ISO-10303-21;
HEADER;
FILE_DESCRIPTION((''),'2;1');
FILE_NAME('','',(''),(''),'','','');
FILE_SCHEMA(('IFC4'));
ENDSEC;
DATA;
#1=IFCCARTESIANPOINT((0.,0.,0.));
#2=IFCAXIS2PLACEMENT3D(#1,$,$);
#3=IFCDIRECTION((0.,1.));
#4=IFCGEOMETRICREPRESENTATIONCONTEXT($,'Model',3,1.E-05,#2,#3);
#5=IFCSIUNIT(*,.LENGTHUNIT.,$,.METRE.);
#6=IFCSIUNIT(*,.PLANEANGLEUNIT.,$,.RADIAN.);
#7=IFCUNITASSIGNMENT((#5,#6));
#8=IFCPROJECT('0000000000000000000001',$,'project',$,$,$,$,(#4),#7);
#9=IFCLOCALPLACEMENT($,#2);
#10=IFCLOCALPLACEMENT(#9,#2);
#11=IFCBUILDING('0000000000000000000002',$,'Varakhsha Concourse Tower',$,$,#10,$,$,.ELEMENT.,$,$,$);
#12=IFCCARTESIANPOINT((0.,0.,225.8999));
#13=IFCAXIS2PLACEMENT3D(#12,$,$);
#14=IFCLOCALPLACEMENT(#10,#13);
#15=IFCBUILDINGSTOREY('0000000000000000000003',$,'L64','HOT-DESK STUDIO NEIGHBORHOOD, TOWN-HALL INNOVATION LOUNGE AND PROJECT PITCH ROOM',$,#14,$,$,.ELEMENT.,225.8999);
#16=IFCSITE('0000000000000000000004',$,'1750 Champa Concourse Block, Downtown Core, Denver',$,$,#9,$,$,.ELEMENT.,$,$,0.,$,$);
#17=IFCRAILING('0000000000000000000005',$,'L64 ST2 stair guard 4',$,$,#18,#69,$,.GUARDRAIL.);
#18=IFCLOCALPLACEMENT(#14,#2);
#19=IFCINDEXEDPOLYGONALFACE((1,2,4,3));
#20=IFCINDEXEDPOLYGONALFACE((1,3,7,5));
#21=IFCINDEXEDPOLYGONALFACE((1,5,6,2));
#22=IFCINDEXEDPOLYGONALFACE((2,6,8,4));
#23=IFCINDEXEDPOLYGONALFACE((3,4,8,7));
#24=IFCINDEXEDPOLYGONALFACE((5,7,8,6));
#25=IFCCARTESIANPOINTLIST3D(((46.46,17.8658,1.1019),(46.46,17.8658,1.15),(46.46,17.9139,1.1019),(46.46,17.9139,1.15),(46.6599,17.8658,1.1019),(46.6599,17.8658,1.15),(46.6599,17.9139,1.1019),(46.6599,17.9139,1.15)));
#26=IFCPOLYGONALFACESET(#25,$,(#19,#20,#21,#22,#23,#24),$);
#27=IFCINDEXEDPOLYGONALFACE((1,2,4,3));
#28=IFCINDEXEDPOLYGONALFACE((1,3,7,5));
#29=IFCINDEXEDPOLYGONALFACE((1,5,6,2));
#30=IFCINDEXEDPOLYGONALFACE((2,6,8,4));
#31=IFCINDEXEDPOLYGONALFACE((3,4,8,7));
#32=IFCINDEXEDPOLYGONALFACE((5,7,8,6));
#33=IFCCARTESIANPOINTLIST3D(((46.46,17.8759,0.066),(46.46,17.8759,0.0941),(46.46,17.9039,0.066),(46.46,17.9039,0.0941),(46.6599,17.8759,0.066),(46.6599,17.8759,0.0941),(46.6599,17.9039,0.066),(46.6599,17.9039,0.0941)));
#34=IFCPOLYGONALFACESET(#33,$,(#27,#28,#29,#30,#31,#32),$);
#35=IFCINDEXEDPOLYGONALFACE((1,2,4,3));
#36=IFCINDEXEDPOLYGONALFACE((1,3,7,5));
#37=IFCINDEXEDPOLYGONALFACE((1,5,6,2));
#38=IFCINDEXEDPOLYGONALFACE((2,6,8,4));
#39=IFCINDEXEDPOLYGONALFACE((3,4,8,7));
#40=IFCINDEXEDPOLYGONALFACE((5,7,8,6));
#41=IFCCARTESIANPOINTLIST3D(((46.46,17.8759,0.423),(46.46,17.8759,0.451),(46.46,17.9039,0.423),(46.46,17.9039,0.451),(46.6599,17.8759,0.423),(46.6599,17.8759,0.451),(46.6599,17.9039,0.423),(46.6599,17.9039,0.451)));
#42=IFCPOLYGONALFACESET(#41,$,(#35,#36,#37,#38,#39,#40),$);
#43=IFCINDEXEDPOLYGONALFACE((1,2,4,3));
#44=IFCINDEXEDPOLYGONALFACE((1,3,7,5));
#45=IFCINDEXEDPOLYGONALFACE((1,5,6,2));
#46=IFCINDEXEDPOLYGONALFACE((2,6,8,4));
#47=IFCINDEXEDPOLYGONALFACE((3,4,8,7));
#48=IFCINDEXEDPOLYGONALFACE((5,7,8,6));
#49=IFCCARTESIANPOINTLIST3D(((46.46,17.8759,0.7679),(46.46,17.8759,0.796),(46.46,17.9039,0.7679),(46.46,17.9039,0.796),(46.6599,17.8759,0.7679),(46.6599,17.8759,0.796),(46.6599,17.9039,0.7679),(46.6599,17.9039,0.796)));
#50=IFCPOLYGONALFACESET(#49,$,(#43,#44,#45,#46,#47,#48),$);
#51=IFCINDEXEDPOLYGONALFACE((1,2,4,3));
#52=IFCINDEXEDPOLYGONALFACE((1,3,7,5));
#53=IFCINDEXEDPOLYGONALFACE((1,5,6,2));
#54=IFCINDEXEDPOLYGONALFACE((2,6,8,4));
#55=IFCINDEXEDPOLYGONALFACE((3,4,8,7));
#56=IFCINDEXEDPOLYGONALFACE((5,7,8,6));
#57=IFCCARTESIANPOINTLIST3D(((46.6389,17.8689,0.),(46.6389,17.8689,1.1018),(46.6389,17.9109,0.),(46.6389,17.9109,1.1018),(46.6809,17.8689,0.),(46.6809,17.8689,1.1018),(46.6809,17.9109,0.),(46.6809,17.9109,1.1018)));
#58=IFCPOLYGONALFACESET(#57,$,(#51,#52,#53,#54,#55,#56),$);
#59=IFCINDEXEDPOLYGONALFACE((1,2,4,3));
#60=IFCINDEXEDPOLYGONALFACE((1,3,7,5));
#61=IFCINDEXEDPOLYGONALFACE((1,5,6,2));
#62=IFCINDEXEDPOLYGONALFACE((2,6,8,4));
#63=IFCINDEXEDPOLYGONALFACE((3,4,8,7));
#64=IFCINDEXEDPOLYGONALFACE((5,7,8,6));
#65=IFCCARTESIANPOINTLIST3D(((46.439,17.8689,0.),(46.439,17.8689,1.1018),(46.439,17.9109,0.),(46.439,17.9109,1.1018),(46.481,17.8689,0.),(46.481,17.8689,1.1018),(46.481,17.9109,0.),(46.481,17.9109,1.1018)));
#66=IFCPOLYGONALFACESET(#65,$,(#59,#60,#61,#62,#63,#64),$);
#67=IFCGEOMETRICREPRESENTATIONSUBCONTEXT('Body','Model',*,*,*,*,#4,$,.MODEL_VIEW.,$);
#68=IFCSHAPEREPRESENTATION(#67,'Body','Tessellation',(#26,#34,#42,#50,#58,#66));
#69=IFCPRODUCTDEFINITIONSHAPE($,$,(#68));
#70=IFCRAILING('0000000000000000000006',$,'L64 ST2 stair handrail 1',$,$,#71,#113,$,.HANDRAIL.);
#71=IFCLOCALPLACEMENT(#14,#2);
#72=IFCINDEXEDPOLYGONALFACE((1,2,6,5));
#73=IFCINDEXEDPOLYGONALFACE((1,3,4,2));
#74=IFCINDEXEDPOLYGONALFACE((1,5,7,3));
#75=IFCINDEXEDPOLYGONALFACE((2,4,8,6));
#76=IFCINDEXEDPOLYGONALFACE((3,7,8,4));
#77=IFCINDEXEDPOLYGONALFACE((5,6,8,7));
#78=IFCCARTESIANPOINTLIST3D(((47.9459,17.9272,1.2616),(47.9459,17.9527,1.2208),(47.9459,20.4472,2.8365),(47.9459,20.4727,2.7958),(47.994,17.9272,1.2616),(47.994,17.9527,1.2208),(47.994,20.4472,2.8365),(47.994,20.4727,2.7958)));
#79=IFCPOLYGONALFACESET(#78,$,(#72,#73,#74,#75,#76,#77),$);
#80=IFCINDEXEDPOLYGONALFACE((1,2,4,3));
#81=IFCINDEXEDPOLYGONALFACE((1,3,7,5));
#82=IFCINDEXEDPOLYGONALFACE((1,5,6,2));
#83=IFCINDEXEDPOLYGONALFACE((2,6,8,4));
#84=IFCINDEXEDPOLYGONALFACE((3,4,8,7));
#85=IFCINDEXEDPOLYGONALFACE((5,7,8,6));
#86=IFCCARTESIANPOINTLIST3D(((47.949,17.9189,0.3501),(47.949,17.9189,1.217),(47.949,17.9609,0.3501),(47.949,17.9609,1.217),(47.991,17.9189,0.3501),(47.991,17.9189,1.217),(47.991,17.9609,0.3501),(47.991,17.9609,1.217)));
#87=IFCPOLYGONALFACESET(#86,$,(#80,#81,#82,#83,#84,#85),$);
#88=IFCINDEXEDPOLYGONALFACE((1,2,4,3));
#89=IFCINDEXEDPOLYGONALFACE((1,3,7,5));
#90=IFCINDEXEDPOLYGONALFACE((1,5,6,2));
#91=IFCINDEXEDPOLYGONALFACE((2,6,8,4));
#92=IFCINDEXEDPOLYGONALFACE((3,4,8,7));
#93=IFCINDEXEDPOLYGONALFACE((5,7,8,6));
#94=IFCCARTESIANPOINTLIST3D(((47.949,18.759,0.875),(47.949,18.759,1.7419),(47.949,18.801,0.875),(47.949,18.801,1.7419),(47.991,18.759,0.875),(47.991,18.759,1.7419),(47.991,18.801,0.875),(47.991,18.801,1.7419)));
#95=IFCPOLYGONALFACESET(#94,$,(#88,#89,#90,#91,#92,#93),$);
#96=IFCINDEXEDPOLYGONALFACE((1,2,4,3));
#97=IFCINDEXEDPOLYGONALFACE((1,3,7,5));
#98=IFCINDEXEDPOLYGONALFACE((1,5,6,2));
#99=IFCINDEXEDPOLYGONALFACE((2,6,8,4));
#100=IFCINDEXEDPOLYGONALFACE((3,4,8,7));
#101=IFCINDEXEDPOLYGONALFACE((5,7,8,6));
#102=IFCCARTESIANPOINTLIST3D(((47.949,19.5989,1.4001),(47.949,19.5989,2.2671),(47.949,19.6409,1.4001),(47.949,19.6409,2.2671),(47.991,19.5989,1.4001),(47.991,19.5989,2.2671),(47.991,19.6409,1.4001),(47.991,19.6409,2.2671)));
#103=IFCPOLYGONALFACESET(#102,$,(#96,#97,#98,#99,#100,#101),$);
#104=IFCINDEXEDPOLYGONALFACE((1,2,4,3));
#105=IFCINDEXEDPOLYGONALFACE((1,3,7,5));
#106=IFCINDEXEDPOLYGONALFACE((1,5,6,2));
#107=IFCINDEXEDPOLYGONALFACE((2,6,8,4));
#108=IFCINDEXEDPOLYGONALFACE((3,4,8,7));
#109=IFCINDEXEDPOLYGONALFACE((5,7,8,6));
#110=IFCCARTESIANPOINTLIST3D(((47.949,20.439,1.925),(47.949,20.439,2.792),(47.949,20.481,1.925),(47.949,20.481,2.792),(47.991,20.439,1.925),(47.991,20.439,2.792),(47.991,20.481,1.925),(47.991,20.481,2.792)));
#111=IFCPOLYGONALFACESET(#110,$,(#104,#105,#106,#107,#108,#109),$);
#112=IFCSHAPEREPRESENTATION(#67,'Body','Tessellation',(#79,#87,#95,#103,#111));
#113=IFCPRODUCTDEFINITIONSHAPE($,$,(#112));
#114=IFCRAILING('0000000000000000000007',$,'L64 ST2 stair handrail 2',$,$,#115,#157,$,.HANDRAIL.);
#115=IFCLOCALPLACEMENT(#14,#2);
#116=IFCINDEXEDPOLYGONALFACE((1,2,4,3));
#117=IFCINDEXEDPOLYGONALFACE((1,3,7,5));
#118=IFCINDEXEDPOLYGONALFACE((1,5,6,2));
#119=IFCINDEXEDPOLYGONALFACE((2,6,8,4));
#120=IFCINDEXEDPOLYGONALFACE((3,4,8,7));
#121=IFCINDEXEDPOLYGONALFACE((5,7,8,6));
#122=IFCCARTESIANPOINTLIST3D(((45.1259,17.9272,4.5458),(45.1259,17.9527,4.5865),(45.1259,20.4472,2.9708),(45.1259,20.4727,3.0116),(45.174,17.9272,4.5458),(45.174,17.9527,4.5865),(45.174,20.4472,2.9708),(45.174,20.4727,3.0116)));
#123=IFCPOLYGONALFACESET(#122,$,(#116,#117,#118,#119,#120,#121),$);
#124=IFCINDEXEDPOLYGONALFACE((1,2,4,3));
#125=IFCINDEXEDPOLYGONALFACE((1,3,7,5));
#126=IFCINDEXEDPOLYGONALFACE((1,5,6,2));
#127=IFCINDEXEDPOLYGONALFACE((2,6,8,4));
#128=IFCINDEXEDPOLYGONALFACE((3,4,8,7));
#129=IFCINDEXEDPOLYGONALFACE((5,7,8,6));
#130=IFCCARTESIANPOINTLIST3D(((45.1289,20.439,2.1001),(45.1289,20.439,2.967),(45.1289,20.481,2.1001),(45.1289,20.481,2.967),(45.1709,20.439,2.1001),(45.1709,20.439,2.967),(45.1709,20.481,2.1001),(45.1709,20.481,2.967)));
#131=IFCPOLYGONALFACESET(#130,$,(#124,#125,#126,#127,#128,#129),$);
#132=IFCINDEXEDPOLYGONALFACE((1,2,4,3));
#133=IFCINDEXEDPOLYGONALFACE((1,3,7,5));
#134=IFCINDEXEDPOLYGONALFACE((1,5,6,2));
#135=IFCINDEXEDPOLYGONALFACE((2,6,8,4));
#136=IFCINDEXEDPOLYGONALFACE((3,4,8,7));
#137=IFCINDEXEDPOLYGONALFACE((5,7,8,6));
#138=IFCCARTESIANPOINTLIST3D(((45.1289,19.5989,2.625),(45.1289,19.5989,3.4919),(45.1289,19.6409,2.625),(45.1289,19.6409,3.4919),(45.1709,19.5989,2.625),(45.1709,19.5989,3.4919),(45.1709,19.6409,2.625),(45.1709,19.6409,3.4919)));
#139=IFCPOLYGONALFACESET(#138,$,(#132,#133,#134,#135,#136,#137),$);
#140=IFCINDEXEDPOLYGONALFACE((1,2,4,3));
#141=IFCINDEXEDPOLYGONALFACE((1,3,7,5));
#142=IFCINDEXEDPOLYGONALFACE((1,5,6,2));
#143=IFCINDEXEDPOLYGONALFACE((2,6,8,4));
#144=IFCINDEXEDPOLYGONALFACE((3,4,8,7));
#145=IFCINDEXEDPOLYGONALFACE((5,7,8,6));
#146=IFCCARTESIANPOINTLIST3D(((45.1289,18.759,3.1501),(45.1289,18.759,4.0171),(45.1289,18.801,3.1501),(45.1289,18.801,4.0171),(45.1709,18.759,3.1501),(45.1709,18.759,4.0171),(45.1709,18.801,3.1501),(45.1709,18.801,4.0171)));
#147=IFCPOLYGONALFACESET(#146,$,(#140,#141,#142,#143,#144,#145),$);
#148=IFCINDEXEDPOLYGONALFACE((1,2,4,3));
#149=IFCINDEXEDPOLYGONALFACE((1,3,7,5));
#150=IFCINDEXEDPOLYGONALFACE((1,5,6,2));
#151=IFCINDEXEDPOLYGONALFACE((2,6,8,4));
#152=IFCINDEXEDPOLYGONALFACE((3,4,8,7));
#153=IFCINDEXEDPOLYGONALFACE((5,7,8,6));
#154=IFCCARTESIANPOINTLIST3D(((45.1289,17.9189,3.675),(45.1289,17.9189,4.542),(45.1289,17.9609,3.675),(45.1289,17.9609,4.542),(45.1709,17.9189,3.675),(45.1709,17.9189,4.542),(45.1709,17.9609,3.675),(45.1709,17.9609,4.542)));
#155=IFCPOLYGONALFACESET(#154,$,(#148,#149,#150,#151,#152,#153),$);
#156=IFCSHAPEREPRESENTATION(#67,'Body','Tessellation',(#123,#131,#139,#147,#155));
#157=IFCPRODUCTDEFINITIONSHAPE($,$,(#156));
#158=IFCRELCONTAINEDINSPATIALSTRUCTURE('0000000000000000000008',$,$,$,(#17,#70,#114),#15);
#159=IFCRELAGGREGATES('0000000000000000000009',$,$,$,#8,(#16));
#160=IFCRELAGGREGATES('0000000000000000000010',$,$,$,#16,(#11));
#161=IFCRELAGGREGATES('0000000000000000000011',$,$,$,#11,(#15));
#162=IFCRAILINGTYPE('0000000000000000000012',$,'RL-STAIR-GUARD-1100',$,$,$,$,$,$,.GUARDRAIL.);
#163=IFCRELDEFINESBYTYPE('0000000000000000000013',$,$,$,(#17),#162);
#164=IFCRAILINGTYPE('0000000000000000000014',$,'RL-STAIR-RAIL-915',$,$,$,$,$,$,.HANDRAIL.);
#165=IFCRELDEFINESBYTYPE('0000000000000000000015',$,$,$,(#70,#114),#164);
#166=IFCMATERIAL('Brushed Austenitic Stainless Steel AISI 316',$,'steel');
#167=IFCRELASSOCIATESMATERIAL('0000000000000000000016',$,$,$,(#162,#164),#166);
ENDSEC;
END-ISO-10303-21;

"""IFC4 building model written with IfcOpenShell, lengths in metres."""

from ifc_helpers import new_model, si_unit, direction, frame, origin, origin_2d, place, context, subcontext, project, spatial, rectangle, extrude, material, type_object, element, save


model = new_model("IFC4")

# Units and contexts
model_context = context("Model", 3, precision=1e-05, world=origin(), true_north=direction((0.0, 1.0)))
body_context = subcontext(model_context, "Body", "Model", "MODEL_VIEW")
ifc_project = project(units=[si_unit("LENGTHUNIT", "METRE"), si_unit("PLANEANGLEUNIT", "RADIAN")], contexts=[model_context])

# Site, building, storey
site_placement = place(None, origin())
site = spatial("IfcSite", under=ifc_project, at=site_placement, Name="1750 Champa Concourse Block, Downtown Core, Denver", CompositionType="ELEMENT", RefElevation=0.0)
building_placement = place(site_placement, origin())
building = spatial("IfcBuilding", under=site, at=building_placement, Name="Varakhsha Concourse Tower", CompositionType="ELEMENT")
storey_placement = place(building_placement, frame((0.0, 0.0, 225.8999)))
storey = spatial("IfcBuildingStorey", under=building, at=storey_placement, Name="L64", Description="HOT-DESK STUDIO NEIGHBORHOOD, TOWN-HALL INNOVATION LOUNGE AND PROJECT PITCH ROOM", CompositionType="ELEMENT", Elevation=225.8999)

# Railings
ifc_material_1 = material(Name="Brushed Austenitic Stainless Steel AISI 316", Category="steel")
railing_type_1 = type_object("IfcRailingType", Name="RL-STAIR-GUARD-1100", PredefinedType="GUARDRAIL", material=ifc_material_1)
railing_1_placement = place(storey_placement, frame((46.6599, 17.8899, 0.0)))
element("IfcRailing", 1, at=railing_1_placement, inside=storey, type_object=railing_type_1, Name="L64 ST2 stair guard 4", PredefinedType="GUARDRAIL", context=body_context, shape_type="SweptSolid", body=[
    extrude(rectangle(XDim=0.0481, YDim=0.0481, at=origin_2d()), frame((0.0, 0.0, 1.126), z_axis=(-1.0, 0.0, 0.0), x_axis=(0.0, -1.0, 0.0)), (0.0, 0.0, 1.0), 0.2),
    extrude(rectangle(XDim=0.0281, YDim=0.0281, at=origin_2d()), frame((0.0, 0.0, 0.0801), z_axis=(-1.0, 0.0, 0.0), x_axis=(0.0, -1.0, 0.0)), (0.0, 0.0, 1.0), 0.2),
    extrude(rectangle(XDim=0.0281, YDim=0.0281, at=origin_2d()), frame((0.0, 0.0, 0.437), z_axis=(-1.0, 0.0, 0.0), x_axis=(0.0, -1.0, 0.0)), (0.0, 0.0, 1.0), 0.2),
    extrude(rectangle(XDim=0.0281, YDim=0.0281, at=origin_2d()), frame((0.0, 0.0, 0.782), z_axis=(-1.0, 0.0, 0.0), x_axis=(0.0, -1.0, 0.0)), (0.0, 0.0, 1.0), 0.2),
    extrude(rectangle(XDim=0.042, YDim=0.042, at=origin_2d()), origin(), (0.0, 0.0, 1.0), 1.1018),
    extrude(rectangle(XDim=0.042, YDim=0.042, at=origin_2d()), frame((-0.2, 0.0, 0.0)), (0.0, 0.0, 1.0), 1.1018),
])
railing_type_2 = type_object("IfcRailingType", Name="RL-STAIR-RAIL-915", PredefinedType="HANDRAIL", material=ifc_material_1)
railing_2_placement = place(storey_placement, frame((47.97, 17.9399, 0.3501)))
element("IfcRailing", 2, at=railing_2_placement, inside=storey, type_object=railing_type_2, Name="L64 ST2 stair handrail 1", PredefinedType="HANDRAIL", context=body_context, shape_type="SweptSolid", body=[
    extrude(rectangle(XDim=0.0481, YDim=0.0481, at=origin_2d()), frame((0.0, 0.0, 0.8911), z_axis=(0.0, 0.848008, 0.529984), x_axis=(-1.0, 0.0, 0.0)), (0.0, 0.0, 1.0), 2.9717),
    extrude(rectangle(XDim=0.042, YDim=0.042, at=origin_2d()), origin(), (0.0, 0.0, 1.0), 0.8669),
    extrude(rectangle(XDim=0.042, YDim=0.042, at=origin_2d()), frame((0.0, 0.8401, 0.5249)), (0.0, 0.0, 1.0), 0.8669),
    extrude(rectangle(XDim=0.042, YDim=0.042, at=origin_2d()), frame((0.0, 1.6799, 1.05)), (0.0, 0.0, 1.0), 0.8669),
    extrude(rectangle(XDim=0.042, YDim=0.042, at=origin_2d()), frame((0.0, 2.52, 1.575)), (0.0, 0.0, 1.0), 0.8669),
])
railing_3_placement = place(storey_placement, frame((45.1499, 20.46, 2.1001)))
element("IfcRailing", 3, at=railing_3_placement, inside=storey, type_object=railing_type_2, Name="L64 ST2 stair handrail 2", PredefinedType="HANDRAIL", context=body_context, shape_type="SweptSolid", body=[
    extrude(rectangle(XDim=0.0481, YDim=0.0481, at=origin_2d()), frame((0.0, 0.0, 0.8911), z_axis=(0.0, -0.848008, 0.529984), x_axis=(1.0, 0.0, 0.0)), (0.0, 0.0, 1.0), 2.9717),
    extrude(rectangle(XDim=0.042, YDim=0.042, at=origin_2d()), origin(), (0.0, 0.0, 1.0), 0.8669),
    extrude(rectangle(XDim=0.042, YDim=0.042, at=origin_2d()), frame((0.0, -0.8401, 0.5249)), (0.0, 0.0, 1.0), 0.8669),
    extrude(rectangle(XDim=0.042, YDim=0.042, at=origin_2d()), frame((0.0, -1.6799, 1.05)), (0.0, 0.0, 1.0), 0.8669),
    extrude(rectangle(XDim=0.042, YDim=0.042, at=origin_2d()), frame((0.0, -2.52, 1.575)), (0.0, 0.0, 1.0), 0.8669),
])

save(model, "model.ifc")
